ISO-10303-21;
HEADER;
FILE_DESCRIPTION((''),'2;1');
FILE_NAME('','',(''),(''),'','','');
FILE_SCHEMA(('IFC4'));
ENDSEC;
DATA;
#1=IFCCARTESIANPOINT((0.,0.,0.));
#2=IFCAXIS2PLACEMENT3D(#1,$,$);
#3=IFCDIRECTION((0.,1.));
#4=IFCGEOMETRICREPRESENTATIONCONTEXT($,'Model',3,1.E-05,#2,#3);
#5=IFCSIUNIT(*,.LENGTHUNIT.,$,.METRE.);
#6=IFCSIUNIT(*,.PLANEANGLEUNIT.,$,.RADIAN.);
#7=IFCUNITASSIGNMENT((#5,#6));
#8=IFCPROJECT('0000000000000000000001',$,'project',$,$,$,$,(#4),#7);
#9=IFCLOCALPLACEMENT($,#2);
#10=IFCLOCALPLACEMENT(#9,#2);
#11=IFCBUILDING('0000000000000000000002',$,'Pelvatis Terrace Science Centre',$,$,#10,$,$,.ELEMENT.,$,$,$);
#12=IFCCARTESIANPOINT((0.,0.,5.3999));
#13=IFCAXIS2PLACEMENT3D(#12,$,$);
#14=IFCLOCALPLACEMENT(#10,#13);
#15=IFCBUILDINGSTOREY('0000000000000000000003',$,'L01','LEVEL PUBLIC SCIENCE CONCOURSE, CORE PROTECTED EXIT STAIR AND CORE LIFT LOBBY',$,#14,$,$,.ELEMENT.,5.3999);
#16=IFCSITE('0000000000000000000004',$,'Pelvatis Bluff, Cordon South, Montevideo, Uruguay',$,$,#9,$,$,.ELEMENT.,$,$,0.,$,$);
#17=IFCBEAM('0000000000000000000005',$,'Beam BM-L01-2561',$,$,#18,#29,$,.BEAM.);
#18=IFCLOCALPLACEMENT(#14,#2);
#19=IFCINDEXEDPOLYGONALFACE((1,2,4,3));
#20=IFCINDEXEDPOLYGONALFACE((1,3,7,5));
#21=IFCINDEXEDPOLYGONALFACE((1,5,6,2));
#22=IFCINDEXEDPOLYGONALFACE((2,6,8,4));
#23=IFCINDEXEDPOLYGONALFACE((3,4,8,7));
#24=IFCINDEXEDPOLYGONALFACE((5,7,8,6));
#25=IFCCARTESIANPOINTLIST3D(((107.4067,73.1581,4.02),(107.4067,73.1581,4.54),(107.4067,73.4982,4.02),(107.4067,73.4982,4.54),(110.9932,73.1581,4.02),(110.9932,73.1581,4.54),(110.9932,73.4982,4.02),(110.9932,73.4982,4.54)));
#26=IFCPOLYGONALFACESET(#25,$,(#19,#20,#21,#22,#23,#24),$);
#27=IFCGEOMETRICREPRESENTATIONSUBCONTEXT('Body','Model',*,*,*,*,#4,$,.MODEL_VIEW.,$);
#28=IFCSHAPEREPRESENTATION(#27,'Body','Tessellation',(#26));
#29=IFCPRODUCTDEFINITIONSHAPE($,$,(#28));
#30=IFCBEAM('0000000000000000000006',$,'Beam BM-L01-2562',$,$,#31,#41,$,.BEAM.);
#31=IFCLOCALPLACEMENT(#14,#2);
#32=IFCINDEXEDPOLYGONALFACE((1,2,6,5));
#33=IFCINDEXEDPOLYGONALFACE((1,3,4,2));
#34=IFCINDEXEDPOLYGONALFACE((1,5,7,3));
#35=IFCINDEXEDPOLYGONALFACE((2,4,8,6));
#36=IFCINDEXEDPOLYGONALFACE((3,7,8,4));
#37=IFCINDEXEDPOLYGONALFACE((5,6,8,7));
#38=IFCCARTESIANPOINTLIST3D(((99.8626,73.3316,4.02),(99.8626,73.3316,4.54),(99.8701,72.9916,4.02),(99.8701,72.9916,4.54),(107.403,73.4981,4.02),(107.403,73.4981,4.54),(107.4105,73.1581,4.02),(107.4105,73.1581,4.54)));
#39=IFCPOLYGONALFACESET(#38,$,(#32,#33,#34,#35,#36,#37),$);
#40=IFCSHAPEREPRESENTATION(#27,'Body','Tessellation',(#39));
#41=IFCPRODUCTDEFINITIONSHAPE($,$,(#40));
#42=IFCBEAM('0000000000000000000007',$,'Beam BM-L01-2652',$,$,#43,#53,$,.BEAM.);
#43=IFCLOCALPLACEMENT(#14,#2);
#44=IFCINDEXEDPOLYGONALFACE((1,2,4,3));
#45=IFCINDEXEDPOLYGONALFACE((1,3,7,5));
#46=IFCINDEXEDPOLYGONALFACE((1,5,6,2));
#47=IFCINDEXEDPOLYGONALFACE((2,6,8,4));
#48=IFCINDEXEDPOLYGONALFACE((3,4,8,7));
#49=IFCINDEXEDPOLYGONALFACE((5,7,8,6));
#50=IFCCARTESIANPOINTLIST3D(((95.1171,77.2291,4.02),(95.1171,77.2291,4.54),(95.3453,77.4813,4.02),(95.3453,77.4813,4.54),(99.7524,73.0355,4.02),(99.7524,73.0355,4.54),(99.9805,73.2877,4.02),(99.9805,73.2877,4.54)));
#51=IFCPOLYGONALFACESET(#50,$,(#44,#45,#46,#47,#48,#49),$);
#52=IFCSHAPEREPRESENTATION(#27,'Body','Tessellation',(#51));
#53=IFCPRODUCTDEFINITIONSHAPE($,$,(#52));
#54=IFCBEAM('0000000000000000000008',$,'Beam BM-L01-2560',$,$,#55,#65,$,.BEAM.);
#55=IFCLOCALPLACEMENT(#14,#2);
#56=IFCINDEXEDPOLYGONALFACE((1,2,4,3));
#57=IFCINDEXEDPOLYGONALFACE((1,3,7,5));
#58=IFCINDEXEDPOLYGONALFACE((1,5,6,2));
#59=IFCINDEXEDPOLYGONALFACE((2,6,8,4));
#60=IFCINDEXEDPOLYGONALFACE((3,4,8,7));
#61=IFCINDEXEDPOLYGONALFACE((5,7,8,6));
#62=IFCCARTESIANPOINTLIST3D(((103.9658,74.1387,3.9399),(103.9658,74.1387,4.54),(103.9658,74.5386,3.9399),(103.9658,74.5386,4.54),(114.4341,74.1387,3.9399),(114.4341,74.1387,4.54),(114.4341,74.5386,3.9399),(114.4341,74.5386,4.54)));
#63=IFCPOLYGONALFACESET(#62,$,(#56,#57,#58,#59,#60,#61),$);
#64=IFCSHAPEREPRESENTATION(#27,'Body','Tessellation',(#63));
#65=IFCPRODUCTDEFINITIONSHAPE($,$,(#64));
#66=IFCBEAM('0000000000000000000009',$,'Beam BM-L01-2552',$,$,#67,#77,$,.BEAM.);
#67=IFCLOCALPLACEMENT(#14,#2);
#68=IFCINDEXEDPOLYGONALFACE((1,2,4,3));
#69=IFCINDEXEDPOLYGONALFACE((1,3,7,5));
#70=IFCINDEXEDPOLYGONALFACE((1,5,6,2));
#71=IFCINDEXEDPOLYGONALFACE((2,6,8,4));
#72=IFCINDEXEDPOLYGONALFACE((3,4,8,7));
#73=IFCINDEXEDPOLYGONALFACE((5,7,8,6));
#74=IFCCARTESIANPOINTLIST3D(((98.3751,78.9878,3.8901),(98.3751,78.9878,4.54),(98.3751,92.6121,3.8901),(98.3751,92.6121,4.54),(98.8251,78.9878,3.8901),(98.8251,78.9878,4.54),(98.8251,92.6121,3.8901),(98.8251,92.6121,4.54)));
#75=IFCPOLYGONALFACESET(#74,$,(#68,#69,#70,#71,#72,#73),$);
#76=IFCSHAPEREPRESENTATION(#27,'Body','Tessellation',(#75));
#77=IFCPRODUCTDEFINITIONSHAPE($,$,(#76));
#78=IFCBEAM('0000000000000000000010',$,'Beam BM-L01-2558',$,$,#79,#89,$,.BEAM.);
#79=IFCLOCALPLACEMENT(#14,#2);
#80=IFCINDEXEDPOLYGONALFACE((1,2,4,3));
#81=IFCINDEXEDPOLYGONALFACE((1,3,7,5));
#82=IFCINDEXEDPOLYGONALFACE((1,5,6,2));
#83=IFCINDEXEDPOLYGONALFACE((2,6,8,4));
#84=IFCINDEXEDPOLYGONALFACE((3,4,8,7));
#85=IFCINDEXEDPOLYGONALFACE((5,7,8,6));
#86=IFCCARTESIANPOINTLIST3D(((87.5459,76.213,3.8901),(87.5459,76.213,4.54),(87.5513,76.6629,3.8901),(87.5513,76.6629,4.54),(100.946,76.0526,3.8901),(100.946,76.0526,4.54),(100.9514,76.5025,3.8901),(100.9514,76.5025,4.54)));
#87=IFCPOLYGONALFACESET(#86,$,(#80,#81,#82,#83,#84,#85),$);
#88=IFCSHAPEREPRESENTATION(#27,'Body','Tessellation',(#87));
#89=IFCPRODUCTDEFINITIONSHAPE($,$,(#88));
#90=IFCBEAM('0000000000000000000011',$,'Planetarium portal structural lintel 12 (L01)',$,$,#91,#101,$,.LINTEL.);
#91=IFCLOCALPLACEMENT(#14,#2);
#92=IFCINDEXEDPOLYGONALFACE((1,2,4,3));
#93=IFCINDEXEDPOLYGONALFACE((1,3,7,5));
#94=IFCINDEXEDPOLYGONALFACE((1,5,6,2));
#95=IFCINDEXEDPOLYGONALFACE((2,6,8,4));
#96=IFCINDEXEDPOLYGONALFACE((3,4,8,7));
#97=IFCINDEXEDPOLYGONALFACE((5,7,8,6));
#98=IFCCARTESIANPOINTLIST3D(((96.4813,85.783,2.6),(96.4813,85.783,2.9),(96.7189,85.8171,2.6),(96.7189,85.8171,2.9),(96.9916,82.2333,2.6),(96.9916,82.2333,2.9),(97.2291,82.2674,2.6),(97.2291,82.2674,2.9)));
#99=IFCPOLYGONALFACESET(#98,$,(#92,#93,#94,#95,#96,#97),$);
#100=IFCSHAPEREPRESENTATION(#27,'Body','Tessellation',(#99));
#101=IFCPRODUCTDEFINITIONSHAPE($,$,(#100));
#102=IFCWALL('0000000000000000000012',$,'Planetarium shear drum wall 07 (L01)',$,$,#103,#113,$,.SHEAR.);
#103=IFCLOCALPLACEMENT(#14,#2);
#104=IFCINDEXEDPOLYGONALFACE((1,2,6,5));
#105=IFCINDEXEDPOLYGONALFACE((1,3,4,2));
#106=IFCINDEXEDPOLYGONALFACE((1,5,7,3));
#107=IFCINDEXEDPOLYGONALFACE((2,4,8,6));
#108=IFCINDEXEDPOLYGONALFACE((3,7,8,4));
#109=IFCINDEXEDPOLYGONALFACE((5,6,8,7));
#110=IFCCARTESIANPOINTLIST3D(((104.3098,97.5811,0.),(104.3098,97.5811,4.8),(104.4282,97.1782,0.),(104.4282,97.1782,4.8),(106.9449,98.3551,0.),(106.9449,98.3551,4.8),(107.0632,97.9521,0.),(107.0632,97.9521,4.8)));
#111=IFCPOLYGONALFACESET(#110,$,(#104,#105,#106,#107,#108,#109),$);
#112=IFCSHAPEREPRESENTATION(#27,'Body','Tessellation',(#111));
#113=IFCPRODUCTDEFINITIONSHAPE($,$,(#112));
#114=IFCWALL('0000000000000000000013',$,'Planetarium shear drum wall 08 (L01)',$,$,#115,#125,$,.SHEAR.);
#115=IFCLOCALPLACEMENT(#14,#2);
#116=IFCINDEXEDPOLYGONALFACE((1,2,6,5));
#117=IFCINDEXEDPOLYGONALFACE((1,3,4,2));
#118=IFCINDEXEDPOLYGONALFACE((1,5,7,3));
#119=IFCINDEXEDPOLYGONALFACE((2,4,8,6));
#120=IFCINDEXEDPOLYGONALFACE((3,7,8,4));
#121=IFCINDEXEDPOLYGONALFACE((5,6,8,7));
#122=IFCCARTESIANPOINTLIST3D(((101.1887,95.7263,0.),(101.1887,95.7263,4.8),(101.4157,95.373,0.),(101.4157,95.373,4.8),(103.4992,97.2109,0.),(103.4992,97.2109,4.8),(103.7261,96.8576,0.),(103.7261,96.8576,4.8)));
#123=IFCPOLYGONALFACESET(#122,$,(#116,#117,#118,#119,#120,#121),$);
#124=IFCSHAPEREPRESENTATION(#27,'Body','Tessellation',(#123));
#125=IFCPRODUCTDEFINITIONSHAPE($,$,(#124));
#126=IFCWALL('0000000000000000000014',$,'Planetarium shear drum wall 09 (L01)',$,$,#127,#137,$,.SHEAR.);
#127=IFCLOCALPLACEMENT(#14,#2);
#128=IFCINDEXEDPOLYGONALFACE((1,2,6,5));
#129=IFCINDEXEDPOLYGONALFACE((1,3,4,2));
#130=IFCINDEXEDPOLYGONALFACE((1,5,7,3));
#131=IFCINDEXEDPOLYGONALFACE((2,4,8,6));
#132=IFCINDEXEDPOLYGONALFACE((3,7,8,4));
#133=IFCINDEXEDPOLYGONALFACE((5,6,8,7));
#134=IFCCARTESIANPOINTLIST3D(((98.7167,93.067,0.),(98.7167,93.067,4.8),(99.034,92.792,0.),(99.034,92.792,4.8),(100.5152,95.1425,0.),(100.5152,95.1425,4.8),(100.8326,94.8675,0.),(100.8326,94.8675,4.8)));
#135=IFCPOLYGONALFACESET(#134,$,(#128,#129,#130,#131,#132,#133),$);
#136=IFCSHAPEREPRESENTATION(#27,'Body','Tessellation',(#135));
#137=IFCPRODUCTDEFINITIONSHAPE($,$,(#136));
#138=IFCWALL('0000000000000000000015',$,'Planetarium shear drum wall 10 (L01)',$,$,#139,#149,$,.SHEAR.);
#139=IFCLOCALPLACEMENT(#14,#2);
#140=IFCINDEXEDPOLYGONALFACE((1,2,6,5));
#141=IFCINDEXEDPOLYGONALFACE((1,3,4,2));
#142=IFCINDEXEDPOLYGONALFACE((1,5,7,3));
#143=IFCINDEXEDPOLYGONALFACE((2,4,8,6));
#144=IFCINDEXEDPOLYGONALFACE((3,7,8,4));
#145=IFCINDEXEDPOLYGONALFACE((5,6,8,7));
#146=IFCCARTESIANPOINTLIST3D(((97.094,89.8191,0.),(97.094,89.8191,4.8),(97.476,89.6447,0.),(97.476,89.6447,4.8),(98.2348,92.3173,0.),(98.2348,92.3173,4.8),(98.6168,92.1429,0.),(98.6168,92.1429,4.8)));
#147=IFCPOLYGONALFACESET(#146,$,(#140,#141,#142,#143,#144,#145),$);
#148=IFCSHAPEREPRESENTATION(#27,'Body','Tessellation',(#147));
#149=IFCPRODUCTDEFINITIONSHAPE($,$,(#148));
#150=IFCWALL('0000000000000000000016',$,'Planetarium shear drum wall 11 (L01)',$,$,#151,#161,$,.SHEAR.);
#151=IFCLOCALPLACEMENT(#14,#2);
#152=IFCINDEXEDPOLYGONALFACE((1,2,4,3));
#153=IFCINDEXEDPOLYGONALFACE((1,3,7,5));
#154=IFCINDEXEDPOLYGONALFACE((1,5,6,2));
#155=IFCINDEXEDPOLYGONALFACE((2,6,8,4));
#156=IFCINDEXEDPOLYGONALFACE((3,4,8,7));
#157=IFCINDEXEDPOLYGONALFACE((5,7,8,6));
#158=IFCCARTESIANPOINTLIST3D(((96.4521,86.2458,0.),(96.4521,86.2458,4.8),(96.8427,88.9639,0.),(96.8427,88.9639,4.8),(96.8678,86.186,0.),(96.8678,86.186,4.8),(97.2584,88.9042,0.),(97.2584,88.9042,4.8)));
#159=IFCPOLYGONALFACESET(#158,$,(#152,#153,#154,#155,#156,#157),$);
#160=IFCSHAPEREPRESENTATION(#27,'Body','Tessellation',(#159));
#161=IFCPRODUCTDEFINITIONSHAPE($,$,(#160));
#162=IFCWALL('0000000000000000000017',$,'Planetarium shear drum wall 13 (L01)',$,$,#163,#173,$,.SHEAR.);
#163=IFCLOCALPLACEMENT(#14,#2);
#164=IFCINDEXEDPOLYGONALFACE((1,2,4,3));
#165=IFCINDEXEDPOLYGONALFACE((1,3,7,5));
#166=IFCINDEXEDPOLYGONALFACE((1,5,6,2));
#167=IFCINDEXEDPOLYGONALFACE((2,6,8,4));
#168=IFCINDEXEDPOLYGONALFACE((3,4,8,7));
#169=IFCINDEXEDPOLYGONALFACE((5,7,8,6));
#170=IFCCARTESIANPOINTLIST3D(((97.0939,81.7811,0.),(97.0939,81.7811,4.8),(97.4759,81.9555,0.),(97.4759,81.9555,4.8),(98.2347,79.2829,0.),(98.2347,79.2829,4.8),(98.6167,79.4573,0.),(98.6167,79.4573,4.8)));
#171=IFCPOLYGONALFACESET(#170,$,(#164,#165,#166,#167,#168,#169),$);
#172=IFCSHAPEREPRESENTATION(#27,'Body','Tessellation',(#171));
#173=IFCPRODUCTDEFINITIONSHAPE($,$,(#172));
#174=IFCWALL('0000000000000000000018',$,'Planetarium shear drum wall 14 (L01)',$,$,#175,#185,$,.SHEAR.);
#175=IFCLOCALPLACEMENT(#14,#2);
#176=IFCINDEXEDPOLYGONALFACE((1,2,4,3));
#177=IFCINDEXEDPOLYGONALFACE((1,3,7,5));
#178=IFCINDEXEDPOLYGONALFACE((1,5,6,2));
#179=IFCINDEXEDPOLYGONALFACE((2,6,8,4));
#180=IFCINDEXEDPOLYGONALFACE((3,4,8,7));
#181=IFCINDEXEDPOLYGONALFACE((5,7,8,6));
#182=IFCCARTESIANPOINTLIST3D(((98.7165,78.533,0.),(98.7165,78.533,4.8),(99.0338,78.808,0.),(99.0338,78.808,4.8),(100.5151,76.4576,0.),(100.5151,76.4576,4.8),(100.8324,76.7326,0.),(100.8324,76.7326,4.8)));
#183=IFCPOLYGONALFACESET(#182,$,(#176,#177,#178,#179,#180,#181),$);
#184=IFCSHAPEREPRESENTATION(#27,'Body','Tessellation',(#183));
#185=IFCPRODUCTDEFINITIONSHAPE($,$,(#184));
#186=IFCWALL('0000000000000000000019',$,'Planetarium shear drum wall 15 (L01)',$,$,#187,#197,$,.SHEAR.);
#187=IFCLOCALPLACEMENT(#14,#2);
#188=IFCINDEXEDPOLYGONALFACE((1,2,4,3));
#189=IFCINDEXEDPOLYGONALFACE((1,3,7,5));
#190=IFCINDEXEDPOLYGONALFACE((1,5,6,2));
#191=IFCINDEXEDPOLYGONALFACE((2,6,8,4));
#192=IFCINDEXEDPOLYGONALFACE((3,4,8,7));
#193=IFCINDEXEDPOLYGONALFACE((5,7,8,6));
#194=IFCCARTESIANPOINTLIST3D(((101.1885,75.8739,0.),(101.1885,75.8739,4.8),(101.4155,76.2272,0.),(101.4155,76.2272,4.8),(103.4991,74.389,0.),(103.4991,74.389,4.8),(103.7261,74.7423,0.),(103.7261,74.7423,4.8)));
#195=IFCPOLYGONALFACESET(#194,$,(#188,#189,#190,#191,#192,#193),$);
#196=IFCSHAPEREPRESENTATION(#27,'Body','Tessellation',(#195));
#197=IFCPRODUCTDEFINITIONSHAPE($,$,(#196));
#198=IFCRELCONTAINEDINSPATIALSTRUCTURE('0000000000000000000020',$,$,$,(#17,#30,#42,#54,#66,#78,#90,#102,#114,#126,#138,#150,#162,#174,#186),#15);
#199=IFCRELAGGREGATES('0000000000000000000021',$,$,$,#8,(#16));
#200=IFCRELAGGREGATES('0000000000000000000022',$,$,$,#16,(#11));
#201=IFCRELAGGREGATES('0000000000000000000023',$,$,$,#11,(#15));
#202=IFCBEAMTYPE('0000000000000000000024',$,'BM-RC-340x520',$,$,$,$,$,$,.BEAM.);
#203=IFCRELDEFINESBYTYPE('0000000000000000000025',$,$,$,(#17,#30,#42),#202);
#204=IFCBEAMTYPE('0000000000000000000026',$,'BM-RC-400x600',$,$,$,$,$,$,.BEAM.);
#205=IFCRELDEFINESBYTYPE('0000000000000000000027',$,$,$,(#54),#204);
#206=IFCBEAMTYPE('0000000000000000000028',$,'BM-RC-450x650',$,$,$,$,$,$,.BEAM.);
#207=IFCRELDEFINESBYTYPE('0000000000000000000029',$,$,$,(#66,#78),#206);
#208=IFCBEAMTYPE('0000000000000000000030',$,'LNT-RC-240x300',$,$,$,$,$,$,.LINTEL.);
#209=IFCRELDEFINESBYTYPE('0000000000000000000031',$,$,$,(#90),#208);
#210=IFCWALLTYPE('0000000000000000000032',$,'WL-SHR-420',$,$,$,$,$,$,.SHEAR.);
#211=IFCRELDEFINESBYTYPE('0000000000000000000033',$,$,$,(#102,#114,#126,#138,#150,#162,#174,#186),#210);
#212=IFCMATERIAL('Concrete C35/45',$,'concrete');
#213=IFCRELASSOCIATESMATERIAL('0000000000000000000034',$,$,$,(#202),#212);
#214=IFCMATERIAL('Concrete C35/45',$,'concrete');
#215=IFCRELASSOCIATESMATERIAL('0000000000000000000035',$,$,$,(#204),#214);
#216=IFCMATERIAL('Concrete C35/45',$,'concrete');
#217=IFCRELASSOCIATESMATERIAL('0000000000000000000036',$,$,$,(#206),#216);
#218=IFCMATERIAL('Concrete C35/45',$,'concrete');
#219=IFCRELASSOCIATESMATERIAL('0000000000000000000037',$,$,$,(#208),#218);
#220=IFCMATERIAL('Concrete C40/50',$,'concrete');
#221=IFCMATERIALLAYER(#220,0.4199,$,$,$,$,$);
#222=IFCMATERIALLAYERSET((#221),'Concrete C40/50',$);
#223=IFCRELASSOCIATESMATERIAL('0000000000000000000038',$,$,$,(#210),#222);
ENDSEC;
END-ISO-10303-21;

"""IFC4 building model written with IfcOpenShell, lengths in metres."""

from ifc_helpers import new_model, si_unit, direction, frame, frame_2d, origin, origin_2d, place, context, subcontext, project, spatial, rectangle, extrude, material, layer, layer_set, material_profile, profile_set, type_object, element, save


model = new_model("IFC4")

# Units and contexts
model_context = context("Model", 3, precision=1e-05, world=origin(), true_north=direction((0.0, 1.0)))
body_context = subcontext(model_context, "Body", "Model", "MODEL_VIEW")
ifc_project = project(units=[si_unit("LENGTHUNIT", "METRE"), si_unit("PLANEANGLEUNIT", "RADIAN")], contexts=[model_context])

# Site, building, storey
site_placement = place(None, origin())
site = spatial("IfcSite", under=ifc_project, at=site_placement, Name="Pelvatis Bluff, Cordon South, Montevideo, Uruguay", CompositionType="ELEMENT", RefElevation=0.0)
building_placement = place(site_placement, origin())
building = spatial("IfcBuilding", under=site, at=building_placement, Name="Pelvatis Terrace Science Centre", CompositionType="ELEMENT")
storey_placement = place(building_placement, frame((0.0, 0.0, 5.3999)))
storey = spatial("IfcBuildingStorey", under=building, at=storey_placement, Name="L01", Description="LEVEL PUBLIC SCIENCE CONCOURSE, CORE PROTECTED EXIT STAIR AND CORE LIFT LOBBY", CompositionType="ELEMENT", Elevation=5.3999)

# Beams
ifc_material_1 = material(Name="Concrete C35/45", Category="concrete")
ifc_material_profile_1 = material_profile(ifc_material_1, rectangle(XDim=0.3401, YDim=0.52, at=origin_2d()), Name="RC-BM 340x520")
ifc_profile_set_1 = profile_set([ifc_material_profile_1], Name="Concrete C35/45")
beam_type_1 = type_object("IfcBeamType", Name="BM-RC-340x520", PredefinedType="BEAM", material=ifc_profile_set_1)
beam_1_placement = place(storey_placement, frame((107.4067, 73.3281, 4.28), z_axis=(1.0, 0.0, 0.0), x_axis=(0.0, 1.0, 0.0)))
element("IfcBeam", 1, at=beam_1_placement, inside=storey, type_object=beam_type_1, Name="Beam BM-L01-2561", PredefinedType="BEAM", context=body_context, shape_type="SweptSolid", body=[
    extrude(rectangle(XDim=0.3401, YDim=0.52, at=origin_2d()), origin(), (0.0, 0.0, 1.0), 3.5864),
])
beam_2_placement = place(storey_placement, frame((107.4067, 73.3281, 4.28), z_axis=(-0.999756, -0.022077, 0.0), x_axis=(0.022077, -0.999756, 0.0)))
element("IfcBeam", 2, at=beam_2_placement, inside=storey, type_object=beam_type_1, Name="Beam BM-L01-2562", PredefinedType="BEAM", context=body_context, shape_type="SweptSolid", body=[
    extrude(rectangle(XDim=0.3401, YDim=0.52, at=origin_2d()), origin(), (0.0, 0.0, 1.0), 7.5422),
])
beam_3_placement = place(storey_placement, frame((95.2312, 77.3552, 4.28), z_axis=(0.741552, -0.670896, 0.0), x_axis=(0.670896, 0.741552, 0.0)))
element("IfcBeam", 3, at=beam_3_placement, inside=storey, type_object=beam_type_1, Name="Beam BM-L01-2652", PredefinedType="BEAM", context=body_context, shape_type="SweptSolid", body=[
    extrude(rectangle(XDim=0.3401, YDim=0.52, at=origin_2d()), origin(), (0.0, 0.0, 1.0), 6.2507),
])
ifc_material_2 = material(Name="Concrete C35/45", Category="concrete")
ifc_material_profile_2 = material_profile(ifc_material_2, rectangle(XDim=0.3999, YDim=0.6001, at=origin_2d()), Name="RC-BM 400x600")
ifc_profile_set_2 = profile_set([ifc_material_profile_2], Name="Concrete C35/45")
beam_type_2 = type_object("IfcBeamType", Name="BM-RC-400x600", PredefinedType="BEAM", material=ifc_profile_set_2)
beam_4_placement = place(storey_placement, frame((103.9658, 74.3386, 4.24), z_axis=(1.0, 0.0, 0.0), x_axis=(0.0, 1.0, 0.0)))
element("IfcBeam", 4, at=beam_4_placement, inside=storey, type_object=beam_type_2, Name="Beam BM-L01-2560", PredefinedType="BEAM", context=body_context, shape_type="SweptSolid", body=[
    extrude(rectangle(XDim=0.3999, YDim=0.6001, at=origin_2d()), origin(), (0.0, 0.0, 1.0), 10.4683),
])
ifc_material_3 = material(Name="Concrete C35/45", Category="concrete")
ifc_material_profile_3 = material_profile(ifc_material_3, rectangle(XDim=0.45, YDim=0.6499, at=origin_2d()), Name="RC-BM 450x650")
ifc_profile_set_3 = profile_set([ifc_material_profile_3], Name="Concrete C35/45")
beam_type_3 = type_object("IfcBeamType", Name="BM-RC-450x650", PredefinedType="BEAM", material=ifc_profile_set_3)
beam_5_placement = place(storey_placement, frame((98.6001, 92.6121, 4.2151), z_axis=(0.0, -1.0, 0.0), x_axis=(1.0, 0.0, 0.0)))
element("IfcBeam", 5, at=beam_5_placement, inside=storey, type_object=beam_type_3, Name="Beam BM-L01-2552", PredefinedType="BEAM", context=body_context, shape_type="SweptSolid", body=[
    extrude(rectangle(XDim=0.45, YDim=0.6499, at=origin_2d()), origin(), (0.0, 0.0, 1.0), 13.6243),
])
beam_6_placement = place(storey_placement, frame((100.9487, 76.2776, 4.2151), z_axis=(-0.999928, 0.011969, 0.0), x_axis=(-0.011969, -0.999928, 0.0)))
element("IfcBeam", 6, at=beam_6_placement, inside=storey, type_object=beam_type_3, Name="Beam BM-L01-2558", PredefinedType="BEAM", context=body_context, shape_type="SweptSolid", body=[
    extrude(rectangle(XDim=0.45, YDim=0.6499, at=origin_2d()), origin(), (0.0, 0.0, 1.0), 13.4011),
])
ifc_material_4 = material(Name="Concrete C35/45", Category="concrete")
ifc_material_profile_4 = material_profile(ifc_material_4, rectangle(XDim=0.24, YDim=0.3, at=origin_2d()), Name="RC-LNT 240x300")
ifc_profile_set_4 = profile_set([ifc_material_profile_4], Name="Concrete C35/45")
beam_type_4 = type_object("IfcBeamType", Name="LNT-RC-240x300", PredefinedType="LINTEL", material=ifc_profile_set_4)
beam_7_placement = place(storey_placement, frame((96.6001, 85.8, 2.75), z_axis=(0.142279, -0.989827, 0.0), x_axis=(0.989827, 0.142279, 0.0)))
element("IfcBeam", 7, at=beam_7_placement, inside=storey, type_object=beam_type_4, Name="Planetarium portal structural lintel 12 (L01)", PredefinedType="LINTEL", context=body_context, shape_type="SweptSolid", body=[
    extrude(rectangle(XDim=0.24, YDim=0.3, at=origin_2d()), origin(), (0.0, 0.0, 1.0), 3.5862),
])

# Walls
ifc_material_5 = material(Name="Concrete C40/50", Category="concrete")
ifc_layer = layer(ifc_material_5, 0.4199)
ifc_layer_set = layer_set([ifc_layer], Name="Concrete C40/50")
wall_type = type_object("IfcWallType", Name="WL-SHR-420", PredefinedType="SHEAR", material=ifc_layer_set)
for number, where, z_axis, x_axis, name in (
    (8, (107.0039, 98.1536, 0.0), (0.0, 0.0, 1.0), (-0.959472, -0.281805, 0.0), "Planetarium shear drum wall 07 (L01)"),
    (9, (103.6125, 97.0342, 0.0), (0.0, 0.0, 1.0), (-0.8413, -0.540569, 0.0), "Planetarium shear drum wall 08 (L01)"),
    (10, (100.6738, 95.0049, 0.0), (0.0, 0.0, 1.0), (-0.654903, -0.755713, 0.0), "Planetarium shear drum wall 09 (L01)"),
    (11, (98.4258, 92.23, 0.0), (0.0, 0.0, 1.0), (-0.415396, -0.909641, 0.0), "Planetarium shear drum wall 10 (L01)"),
):
    element("IfcWall", number, at=place(storey_placement, frame(where, z_axis=z_axis, x_axis=x_axis)), inside=storey, type_object=wall_type, Name=name, PredefinedType="SHEAR", context=body_context, shape_type="SweptSolid", body=[
        extrude(rectangle(XDim=2.7463, YDim=0.4199, at=frame_2d((1.373, 0.0))), origin(), (0.0, 0.0, 1.0), 4.8),
    ])
wall_1_placement = place(storey_placement, frame((97.0505, 88.9341, 0.0), z_axis=(0.0, 0.0, 1.0), x_axis=(-0.142243, -0.989832, 0.0)))
element("IfcWall", 12, at=wall_1_placement, inside=storey, type_object=wall_type, Name="Planetarium shear drum wall 11 (L01)", PredefinedType="SHEAR", context=body_context, shape_type="SweptSolid", body=[
    extrude(rectangle(XDim=2.7461, YDim=0.4199, at=frame_2d((1.373, 0.0))), origin(), (0.0, 0.0, 1.0), 4.8),
])
for number, where, z_axis, x_axis, name in (
    (13, (97.2849, 81.8682, 0.0), (0.0, 0.0, 1.0), (0.415396, -0.909641, 0.0), "Planetarium shear drum wall 13 (L01)"),
    (14, (98.8752, 78.6704, 0.0), (0.0, 0.0, 1.0), (0.654903, -0.755713, 0.0), "Planetarium shear drum wall 14 (L01)"),
):
    element("IfcWall", number, at=place(storey_placement, frame(where, z_axis=z_axis, x_axis=x_axis)), inside=storey, type_object=wall_type, Name=name, PredefinedType="SHEAR", context=body_context, shape_type="SweptSolid", body=[
        extrude(rectangle(XDim=2.7463, YDim=0.4199, at=frame_2d((1.373, 0.0))), origin(), (0.0, 0.0, 1.0), 4.8),
    ])
wall_2_placement = place(storey_placement, frame((101.302, 76.0505, 0.0), z_axis=(0.0, 0.0, 1.0), x_axis=(0.841259, -0.540632, 0.0)))
element("IfcWall", 15, at=wall_2_placement, inside=storey, type_object=wall_type, Name="Planetarium shear drum wall 15 (L01)", PredefinedType="SHEAR", context=body_context, shape_type="SweptSolid", body=[
    extrude(rectangle(XDim=2.7466, YDim=0.4199, at=frame_2d((1.3733, 0.0))), origin(), (0.0, 0.0, 1.0), 4.8),
])

save(model, "model.ifc")
